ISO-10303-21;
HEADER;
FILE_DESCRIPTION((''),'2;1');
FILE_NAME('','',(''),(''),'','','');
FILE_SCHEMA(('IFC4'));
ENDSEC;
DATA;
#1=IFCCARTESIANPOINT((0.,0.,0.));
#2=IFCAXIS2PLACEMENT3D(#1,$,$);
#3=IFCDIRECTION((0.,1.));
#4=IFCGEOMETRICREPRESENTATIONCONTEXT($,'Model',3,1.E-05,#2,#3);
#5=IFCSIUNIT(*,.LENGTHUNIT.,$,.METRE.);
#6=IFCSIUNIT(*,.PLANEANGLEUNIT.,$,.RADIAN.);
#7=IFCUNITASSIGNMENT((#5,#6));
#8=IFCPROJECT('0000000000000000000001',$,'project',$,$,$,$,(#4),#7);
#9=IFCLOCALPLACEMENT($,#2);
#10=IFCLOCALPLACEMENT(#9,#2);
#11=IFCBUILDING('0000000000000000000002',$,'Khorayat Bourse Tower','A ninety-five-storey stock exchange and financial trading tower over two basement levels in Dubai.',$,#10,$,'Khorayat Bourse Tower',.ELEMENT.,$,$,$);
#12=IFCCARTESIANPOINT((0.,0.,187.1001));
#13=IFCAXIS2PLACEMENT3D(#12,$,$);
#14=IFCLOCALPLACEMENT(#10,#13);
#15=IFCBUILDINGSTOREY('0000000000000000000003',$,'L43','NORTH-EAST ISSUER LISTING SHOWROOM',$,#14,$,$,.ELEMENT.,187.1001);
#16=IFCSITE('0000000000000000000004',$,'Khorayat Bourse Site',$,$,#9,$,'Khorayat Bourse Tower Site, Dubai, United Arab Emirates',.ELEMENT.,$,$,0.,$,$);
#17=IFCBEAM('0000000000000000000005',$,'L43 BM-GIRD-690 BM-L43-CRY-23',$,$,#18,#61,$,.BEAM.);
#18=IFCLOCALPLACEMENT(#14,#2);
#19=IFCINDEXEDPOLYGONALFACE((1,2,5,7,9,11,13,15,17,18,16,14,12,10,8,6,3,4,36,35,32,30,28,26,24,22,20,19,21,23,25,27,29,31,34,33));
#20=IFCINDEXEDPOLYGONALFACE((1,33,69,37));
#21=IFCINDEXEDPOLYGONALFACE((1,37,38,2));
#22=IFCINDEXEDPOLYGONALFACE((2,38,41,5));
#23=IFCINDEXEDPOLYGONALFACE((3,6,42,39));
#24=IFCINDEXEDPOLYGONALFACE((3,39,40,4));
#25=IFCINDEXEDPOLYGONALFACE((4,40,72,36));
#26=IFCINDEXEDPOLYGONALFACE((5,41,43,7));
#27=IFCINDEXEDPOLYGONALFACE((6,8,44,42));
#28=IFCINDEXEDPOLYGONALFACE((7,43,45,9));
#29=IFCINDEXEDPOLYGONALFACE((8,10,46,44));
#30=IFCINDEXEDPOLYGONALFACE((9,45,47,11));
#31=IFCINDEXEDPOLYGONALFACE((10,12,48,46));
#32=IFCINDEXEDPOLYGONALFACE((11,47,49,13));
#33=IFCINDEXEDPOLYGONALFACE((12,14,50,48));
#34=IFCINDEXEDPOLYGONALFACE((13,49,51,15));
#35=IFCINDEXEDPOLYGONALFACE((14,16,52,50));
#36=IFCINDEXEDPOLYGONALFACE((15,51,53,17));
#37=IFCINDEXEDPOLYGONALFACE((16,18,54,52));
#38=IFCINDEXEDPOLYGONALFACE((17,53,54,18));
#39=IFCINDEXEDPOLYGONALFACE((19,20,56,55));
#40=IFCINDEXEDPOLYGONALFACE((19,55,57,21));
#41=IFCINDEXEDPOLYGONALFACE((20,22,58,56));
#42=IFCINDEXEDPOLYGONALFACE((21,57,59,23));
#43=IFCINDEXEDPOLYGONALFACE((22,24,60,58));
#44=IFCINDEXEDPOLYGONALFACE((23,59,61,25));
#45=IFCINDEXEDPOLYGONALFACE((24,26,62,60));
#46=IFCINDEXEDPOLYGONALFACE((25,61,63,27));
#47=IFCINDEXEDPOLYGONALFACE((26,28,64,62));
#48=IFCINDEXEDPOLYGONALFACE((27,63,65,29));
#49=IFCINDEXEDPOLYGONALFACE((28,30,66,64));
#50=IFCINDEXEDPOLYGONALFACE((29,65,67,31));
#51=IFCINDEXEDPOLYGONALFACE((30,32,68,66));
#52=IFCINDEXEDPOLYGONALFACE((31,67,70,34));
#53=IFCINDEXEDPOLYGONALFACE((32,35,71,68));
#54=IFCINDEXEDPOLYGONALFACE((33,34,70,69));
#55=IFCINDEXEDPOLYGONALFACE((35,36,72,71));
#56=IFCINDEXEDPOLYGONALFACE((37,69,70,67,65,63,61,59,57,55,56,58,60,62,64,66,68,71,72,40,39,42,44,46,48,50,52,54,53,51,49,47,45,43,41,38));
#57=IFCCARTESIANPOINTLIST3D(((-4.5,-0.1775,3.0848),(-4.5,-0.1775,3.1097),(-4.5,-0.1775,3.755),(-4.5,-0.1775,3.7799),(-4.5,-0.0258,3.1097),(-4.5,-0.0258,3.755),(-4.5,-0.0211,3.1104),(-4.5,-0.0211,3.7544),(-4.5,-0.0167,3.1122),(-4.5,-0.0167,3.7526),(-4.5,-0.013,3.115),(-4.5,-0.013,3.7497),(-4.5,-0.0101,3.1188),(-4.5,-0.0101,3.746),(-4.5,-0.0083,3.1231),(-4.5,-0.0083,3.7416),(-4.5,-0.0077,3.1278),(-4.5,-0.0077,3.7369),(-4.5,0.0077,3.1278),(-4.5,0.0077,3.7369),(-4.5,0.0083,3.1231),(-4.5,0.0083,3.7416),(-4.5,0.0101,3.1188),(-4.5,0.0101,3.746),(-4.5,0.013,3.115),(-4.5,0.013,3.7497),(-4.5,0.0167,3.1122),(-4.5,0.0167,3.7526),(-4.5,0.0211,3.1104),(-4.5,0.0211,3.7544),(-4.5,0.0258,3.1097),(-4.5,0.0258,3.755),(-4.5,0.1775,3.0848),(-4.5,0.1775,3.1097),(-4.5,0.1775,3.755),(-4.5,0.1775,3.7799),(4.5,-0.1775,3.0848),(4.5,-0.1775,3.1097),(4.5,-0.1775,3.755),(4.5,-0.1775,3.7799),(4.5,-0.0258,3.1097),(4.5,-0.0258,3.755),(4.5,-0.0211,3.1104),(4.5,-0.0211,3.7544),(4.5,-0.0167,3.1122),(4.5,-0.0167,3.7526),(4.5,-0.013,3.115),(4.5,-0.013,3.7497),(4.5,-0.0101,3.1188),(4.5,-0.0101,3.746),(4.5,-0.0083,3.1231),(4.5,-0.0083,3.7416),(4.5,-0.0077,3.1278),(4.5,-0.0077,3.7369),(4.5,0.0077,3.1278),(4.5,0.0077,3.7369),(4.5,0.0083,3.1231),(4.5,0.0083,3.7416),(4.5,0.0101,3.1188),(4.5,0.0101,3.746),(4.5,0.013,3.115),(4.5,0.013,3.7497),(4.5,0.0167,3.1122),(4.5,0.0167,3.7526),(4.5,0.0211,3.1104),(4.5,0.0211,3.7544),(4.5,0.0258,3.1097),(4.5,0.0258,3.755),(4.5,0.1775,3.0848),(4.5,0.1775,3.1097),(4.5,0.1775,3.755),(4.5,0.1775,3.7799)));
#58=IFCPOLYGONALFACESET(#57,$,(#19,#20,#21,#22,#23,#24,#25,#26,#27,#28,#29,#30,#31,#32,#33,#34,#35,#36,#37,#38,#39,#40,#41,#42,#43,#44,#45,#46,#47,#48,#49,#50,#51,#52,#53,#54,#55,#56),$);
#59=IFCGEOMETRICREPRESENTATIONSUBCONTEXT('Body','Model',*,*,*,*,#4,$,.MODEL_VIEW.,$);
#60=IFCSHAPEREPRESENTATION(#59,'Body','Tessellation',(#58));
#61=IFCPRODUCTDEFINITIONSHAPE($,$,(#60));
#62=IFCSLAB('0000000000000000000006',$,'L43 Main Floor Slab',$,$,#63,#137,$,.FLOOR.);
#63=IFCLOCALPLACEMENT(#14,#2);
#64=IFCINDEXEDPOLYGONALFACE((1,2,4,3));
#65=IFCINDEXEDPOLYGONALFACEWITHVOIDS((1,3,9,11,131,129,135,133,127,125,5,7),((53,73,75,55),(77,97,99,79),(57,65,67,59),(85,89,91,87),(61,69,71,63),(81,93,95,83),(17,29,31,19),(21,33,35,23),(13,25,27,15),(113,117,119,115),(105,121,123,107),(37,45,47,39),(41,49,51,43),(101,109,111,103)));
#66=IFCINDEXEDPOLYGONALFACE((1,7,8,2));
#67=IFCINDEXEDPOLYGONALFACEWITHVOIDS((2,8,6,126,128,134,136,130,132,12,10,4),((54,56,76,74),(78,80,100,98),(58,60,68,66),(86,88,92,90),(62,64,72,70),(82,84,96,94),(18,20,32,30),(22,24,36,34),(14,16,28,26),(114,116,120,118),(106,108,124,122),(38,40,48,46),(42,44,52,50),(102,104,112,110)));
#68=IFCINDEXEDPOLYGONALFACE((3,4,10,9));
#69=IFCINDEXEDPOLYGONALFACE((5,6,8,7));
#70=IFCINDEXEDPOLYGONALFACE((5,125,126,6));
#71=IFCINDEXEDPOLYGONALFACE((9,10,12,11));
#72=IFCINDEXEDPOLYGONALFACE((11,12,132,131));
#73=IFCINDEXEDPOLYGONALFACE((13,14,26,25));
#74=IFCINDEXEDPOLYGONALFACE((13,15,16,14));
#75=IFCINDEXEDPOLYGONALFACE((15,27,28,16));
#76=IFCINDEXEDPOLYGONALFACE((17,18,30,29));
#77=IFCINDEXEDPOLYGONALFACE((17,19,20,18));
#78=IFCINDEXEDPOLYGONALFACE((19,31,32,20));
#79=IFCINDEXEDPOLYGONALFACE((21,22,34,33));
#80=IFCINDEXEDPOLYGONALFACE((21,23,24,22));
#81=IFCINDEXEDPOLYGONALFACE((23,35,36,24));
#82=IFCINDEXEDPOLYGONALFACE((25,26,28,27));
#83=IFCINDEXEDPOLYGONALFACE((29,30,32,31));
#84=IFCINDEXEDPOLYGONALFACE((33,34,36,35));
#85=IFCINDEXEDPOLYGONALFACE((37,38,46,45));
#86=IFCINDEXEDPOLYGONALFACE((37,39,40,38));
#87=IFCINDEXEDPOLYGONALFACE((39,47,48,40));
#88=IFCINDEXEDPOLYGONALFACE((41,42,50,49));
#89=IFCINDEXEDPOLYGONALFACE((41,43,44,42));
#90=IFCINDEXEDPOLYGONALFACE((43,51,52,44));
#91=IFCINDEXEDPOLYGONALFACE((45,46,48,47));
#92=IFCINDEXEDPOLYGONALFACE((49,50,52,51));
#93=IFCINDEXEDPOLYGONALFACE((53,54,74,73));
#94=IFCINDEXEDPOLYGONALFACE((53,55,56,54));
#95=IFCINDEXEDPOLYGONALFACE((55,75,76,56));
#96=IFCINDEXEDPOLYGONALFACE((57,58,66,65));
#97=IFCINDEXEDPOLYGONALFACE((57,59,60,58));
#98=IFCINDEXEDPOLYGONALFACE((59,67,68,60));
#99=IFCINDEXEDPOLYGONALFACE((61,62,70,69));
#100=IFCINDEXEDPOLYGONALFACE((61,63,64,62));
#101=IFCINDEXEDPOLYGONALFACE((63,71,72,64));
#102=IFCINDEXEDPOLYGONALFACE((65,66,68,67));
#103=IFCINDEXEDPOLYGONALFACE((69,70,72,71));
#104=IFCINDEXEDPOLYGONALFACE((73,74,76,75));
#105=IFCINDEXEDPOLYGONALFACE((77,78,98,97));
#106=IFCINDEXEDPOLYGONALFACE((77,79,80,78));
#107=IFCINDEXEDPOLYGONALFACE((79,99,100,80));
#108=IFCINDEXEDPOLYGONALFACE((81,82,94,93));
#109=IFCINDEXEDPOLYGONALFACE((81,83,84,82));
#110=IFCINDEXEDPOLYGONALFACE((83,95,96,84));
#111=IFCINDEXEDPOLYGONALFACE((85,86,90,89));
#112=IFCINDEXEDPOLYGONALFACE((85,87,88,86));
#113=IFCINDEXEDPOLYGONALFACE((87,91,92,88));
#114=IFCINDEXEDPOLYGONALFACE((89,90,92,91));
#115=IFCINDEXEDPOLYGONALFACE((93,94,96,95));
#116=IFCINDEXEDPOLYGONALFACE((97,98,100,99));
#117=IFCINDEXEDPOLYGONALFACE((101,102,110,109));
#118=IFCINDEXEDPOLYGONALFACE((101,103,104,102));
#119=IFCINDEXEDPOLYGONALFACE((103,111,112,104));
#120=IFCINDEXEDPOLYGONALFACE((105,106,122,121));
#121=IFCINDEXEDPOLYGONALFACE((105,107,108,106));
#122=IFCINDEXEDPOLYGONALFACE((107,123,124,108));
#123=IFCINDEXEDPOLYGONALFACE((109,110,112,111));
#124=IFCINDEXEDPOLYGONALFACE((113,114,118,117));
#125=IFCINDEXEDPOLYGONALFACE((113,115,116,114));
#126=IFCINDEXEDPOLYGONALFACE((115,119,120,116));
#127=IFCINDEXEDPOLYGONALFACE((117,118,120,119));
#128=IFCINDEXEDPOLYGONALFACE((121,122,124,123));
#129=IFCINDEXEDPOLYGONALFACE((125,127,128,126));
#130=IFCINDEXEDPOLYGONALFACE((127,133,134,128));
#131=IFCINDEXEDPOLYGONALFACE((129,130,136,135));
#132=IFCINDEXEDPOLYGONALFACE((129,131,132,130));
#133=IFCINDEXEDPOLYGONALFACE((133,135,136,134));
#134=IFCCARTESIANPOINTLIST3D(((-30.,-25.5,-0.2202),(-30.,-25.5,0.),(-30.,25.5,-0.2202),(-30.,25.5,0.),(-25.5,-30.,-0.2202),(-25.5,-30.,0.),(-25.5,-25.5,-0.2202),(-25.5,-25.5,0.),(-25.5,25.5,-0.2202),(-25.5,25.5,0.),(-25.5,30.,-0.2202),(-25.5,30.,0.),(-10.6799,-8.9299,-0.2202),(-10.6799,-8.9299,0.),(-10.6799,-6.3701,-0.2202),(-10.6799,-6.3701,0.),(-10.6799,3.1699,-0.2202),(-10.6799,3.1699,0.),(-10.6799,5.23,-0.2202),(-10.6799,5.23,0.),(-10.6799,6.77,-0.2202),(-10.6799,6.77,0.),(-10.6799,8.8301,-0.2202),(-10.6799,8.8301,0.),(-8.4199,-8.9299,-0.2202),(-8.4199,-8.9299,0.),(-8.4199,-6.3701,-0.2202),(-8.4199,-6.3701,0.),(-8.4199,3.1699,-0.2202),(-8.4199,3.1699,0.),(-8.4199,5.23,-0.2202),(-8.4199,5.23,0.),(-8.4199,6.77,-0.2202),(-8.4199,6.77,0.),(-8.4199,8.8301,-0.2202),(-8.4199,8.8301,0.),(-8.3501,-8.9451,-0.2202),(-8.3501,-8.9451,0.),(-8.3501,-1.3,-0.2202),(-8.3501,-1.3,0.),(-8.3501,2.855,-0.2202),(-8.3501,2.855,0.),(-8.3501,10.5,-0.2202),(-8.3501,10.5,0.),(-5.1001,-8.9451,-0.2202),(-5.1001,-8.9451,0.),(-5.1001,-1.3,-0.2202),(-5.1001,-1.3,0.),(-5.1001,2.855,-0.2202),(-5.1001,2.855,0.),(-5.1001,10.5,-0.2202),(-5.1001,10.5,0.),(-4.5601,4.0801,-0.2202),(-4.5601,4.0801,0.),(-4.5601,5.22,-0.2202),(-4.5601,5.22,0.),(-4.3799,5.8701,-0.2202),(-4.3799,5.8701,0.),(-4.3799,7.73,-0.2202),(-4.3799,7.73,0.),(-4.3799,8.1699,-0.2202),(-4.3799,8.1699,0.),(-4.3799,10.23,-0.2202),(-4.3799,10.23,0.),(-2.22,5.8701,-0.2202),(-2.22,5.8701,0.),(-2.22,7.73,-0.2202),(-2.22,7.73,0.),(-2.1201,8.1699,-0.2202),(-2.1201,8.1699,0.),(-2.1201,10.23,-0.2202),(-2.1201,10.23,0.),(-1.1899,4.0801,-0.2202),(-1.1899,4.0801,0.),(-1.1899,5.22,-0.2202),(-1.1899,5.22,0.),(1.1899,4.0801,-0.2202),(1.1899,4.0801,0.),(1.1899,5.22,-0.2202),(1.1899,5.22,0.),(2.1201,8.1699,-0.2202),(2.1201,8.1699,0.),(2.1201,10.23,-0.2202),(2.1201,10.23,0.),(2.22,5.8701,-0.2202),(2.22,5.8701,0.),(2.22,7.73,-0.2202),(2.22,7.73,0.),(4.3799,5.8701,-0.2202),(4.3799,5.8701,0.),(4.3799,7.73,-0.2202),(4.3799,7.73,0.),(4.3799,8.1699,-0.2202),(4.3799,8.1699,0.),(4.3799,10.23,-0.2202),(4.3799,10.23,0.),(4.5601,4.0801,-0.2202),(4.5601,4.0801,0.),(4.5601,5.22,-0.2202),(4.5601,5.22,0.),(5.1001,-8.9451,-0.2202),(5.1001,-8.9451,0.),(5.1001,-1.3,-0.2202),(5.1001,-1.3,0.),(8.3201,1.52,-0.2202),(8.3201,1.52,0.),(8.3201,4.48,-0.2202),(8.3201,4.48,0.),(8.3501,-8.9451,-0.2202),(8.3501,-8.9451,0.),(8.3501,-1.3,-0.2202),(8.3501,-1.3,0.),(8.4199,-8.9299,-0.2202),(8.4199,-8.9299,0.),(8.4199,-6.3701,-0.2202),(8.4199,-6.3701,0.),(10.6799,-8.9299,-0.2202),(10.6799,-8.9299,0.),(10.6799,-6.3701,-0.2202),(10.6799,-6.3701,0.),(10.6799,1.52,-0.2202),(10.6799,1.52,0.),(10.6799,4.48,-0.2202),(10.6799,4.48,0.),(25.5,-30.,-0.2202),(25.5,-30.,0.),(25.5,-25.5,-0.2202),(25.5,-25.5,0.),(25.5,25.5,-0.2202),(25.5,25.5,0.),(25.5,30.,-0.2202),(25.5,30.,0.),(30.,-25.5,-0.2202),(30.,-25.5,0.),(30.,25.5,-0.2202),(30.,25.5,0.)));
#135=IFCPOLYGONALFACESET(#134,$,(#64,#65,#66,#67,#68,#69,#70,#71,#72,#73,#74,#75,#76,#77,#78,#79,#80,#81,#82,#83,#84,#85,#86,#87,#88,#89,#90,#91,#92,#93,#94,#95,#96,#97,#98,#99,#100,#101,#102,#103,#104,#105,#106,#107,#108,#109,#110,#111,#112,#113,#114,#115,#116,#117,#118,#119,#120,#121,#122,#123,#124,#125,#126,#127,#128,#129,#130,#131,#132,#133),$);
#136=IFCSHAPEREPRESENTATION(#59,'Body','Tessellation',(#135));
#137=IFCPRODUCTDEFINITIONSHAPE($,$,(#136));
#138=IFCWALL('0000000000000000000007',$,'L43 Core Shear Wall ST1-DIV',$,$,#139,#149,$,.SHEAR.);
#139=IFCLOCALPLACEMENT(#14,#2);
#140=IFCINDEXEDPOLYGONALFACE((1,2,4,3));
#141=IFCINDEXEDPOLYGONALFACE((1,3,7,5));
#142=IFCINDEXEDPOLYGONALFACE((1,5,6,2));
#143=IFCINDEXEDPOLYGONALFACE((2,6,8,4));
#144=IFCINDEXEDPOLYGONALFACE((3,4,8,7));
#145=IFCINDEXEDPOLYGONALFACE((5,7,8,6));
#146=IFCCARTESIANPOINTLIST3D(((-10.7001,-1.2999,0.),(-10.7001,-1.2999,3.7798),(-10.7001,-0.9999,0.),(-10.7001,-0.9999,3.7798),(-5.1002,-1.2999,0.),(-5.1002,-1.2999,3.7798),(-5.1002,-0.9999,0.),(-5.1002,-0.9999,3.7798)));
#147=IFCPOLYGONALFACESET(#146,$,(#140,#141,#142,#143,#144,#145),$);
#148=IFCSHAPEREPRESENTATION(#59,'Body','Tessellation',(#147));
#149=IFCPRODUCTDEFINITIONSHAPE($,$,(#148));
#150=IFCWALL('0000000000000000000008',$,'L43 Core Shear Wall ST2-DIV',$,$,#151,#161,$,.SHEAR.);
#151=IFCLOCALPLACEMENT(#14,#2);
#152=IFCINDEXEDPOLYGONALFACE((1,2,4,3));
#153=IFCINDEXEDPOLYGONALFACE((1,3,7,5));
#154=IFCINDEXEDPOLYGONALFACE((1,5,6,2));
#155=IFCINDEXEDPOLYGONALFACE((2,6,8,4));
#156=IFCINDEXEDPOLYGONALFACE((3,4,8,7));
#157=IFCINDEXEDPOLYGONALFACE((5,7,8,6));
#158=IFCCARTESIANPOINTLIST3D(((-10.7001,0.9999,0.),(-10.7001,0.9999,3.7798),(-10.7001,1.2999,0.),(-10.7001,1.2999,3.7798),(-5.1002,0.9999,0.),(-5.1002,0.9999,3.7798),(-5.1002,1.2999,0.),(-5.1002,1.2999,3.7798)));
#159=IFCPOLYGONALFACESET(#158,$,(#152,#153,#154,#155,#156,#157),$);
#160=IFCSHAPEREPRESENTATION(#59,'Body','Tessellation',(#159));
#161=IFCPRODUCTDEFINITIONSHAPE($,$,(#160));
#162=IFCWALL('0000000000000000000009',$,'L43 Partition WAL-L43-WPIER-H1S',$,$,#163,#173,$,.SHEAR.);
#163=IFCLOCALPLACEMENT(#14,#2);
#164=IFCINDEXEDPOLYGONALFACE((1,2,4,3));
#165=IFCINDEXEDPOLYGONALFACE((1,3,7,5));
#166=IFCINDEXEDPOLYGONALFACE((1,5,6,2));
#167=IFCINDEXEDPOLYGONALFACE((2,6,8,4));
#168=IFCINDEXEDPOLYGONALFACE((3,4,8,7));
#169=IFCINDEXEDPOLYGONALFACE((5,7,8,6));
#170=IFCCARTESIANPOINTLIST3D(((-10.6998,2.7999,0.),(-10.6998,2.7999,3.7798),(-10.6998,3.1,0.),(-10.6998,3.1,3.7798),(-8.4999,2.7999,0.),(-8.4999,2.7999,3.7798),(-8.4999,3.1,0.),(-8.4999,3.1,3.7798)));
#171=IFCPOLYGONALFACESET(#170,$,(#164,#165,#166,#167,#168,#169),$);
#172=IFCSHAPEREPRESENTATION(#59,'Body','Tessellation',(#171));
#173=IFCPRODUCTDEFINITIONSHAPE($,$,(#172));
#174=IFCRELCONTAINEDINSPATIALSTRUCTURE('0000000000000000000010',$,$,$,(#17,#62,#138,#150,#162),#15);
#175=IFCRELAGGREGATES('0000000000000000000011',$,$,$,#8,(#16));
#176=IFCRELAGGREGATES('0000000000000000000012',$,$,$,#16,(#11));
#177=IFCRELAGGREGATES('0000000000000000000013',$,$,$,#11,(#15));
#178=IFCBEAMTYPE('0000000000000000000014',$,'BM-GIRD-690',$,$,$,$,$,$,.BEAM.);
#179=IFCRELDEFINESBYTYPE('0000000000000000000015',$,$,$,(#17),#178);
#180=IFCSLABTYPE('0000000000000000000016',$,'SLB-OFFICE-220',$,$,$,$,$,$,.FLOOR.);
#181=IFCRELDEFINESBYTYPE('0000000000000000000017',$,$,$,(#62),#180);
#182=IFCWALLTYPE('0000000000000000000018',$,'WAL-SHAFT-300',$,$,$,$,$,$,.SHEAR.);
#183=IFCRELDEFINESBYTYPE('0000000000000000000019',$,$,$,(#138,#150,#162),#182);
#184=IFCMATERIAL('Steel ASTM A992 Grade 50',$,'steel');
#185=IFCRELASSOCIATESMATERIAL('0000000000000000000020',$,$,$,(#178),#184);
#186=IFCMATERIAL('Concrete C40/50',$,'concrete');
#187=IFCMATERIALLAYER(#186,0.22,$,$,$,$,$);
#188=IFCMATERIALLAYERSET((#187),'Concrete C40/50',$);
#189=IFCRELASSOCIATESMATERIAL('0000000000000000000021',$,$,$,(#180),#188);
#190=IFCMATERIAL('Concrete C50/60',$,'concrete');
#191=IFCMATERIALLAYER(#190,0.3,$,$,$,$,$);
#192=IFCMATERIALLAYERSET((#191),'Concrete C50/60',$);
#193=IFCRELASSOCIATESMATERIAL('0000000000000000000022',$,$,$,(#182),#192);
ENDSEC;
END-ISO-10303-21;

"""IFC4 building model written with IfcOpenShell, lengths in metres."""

from ifc_helpers import new_model, si_unit, direction, frame, frame_2d, origin, origin_2d, place, context, subcontext, project, spatial, polyline, rectangle, i_section, outline, extrude, source, transform, mapped, material, layer, layer_set, material_profile, profile_set, type_object, element, save


model = new_model("IFC4")

# Units and contexts
model_context = context("Model", 3, precision=1e-05, world=origin(), true_north=direction((0.0, 1.0)))
body_context = subcontext(model_context, "Body", "Model", "MODEL_VIEW")
ifc_project = project(units=[si_unit("LENGTHUNIT", "METRE"), si_unit("PLANEANGLEUNIT", "RADIAN")], contexts=[model_context])

# Site, building, storey
site_placement = place(None, origin())
site = spatial("IfcSite", under=ifc_project, at=site_placement, Name="Khorayat Bourse Site", LongName="Khorayat Bourse Tower Site, Dubai, United Arab Emirates", CompositionType="ELEMENT", RefElevation=0.0)
building_placement = place(site_placement, origin())
building = spatial("IfcBuilding", under=site, at=building_placement, Name="Khorayat Bourse Tower", Description="A ninety-five-storey stock exchange and financial trading tower over two basement levels in Dubai.", LongName="Khorayat Bourse Tower", CompositionType="ELEMENT")
storey_placement = place(building_placement, frame((0.0, 0.0, 187.1001)))
storey = spatial("IfcBuildingStorey", under=building, at=storey_placement, Name="L43", Description="NORTH-EAST ISSUER LISTING SHOWROOM", CompositionType="ELEMENT", Elevation=187.1001)

# Beam
ifc_material_1 = material(Name="Steel ASTM A992 Grade 50", Category="steel")
ifc_material_profile_1 = material_profile(ifc_material_1, i_section(OverallWidth=0.355, OverallDepth=0.6951, WebThickness=0.0154, FlangeThickness=0.0249, FilletRadius=0.0181, at=origin_2d()), Name="W690X217")
ifc_profile_set_1 = profile_set([ifc_material_profile_1], Name="Steel ASTM A992 Grade 50")
beam_type = type_object("IfcBeamType", Name="BM-GIRD-690", PredefinedType="BEAM", material=ifc_profile_set_1)
shared_shape_1 = source(origin(), body_context, "Body", "SweptSolid", [
    extrude(i_section(OverallWidth=0.355, OverallDepth=0.6951, WebThickness=0.0154, FlangeThickness=0.0249, FilletRadius=0.0181, at=origin_2d()), origin(), (0.0, 0.0, 1.0), 9.0),
])
beam_1_placement = place(storey_placement, frame((-4.5, 0.0, 3.4324), z_axis=(1.0, 0.0, 0.0), x_axis=(0.0, 1.0, 0.0)))
element("IfcBeam", 1, at=beam_1_placement, inside=storey, type_object=beam_type, Name="L43 BM-GIRD-690 BM-L43-CRY-23", PredefinedType="BEAM", context=body_context, shape_type="MappedRepresentation", body=[
    mapped(shared_shape_1, transform((0.0, 0.0, 0.0), scale=1.0)),
])

# Slab
ifc_material_2 = material(Name="Concrete C40/50", Category="concrete")
ifc_layer_1 = layer(ifc_material_2, 0.22)
ifc_layer_set_1 = layer_set([ifc_layer_1], Name="Concrete C40/50")
slab_type = type_object("IfcSlabType", Name="SLB-OFFICE-220", PredefinedType="FLOOR", material=ifc_layer_set_1)
slab_placement = place(storey_placement, frame((0.0, 0.0, -0.2202)))
element("IfcSlab", 2, at=slab_placement, inside=storey, type_object=slab_type, Name="L43 Main Floor Slab", PredefinedType="FLOOR", context=body_context, shape_type="SweptSolid", body=[
    extrude(outline(polyline([(-25.5, -30.0), (25.5, -30.0), (25.5, -25.5), (30.0, -25.5), (30.0, 25.5), (25.5, 25.5), (25.5, 30.0), (-25.5, 30.0), (-25.5, 25.5), (-30.0, 25.5), (-30.0, -25.5), (-25.5, -25.5), (-25.5, -30.0)]), holes=[polyline([(-8.3501, -8.9451), (-5.1001, -8.9451), (-5.1001, -1.3), (-8.3501, -1.3), (-8.3501, -8.9451)]), polyline([(-8.3501, 2.855), (-5.1001, 2.855), (-5.1001, 10.5), (-8.3501, 10.5), (-8.3501, 2.855)]), polyline([(5.1001, -8.9451), (8.3501, -8.9451), (8.3501, -1.3), (5.1001, -1.3), (5.1001, -8.9451)]), polyline([(-4.3799, 8.1699), (-2.1201, 8.1699), (-2.1201, 10.23), (-4.3799, 10.23), (-4.3799, 8.1699)]), polyline([(2.1201, 8.1699), (4.3799, 8.1699), (4.3799, 10.23), (2.1201, 10.23), (2.1201, 8.1699)]), polyline([(-4.3799, 5.8701), (-2.22, 5.8701), (-2.22, 7.73), (-4.3799, 7.73), (-4.3799, 5.8701)]), polyline([(2.22, 5.8701), (4.3799, 5.8701), (4.3799, 7.73), (2.22, 7.73), (2.22, 5.8701)]), polyline([(-10.6799, 3.1699), (-8.4199, 3.1699), (-8.4199, 5.23), (-10.6799, 5.23), (-10.6799, 3.1699)]), polyline([(-10.6799, 6.77), (-8.4199, 6.77), (-8.4199, 8.8301), (-10.6799, 8.8301), (-10.6799, 6.77)]), polyline([(-10.6799, -8.9299), (-8.4199, -8.9299), (-8.4199, -6.3701), (-10.6799, -6.3701), (-10.6799, -8.9299)]), polyline([(8.4199, -8.9299), (10.6799, -8.9299), (10.6799, -6.3701), (8.4199, -6.3701), (8.4199, -8.9299)]), polyline([(8.3201, 1.52), (10.6799, 1.52), (10.6799, 4.48), (8.3201, 4.48), (8.3201, 1.52)]), polyline([(-4.5601, 4.0801), (-1.1899, 4.0801), (-1.1899, 5.22), (-4.5601, 5.22), (-4.5601, 4.0801)]), polyline([(1.1899, 4.0801), (4.5601, 4.0801), (4.5601, 5.22), (1.1899, 5.22), (1.1899, 4.0801)])]), origin(), (0.0, 0.0, 1.0), 0.2202),
])

# Walls
ifc_material_3 = material(Name="Concrete C50/60", Category="concrete")
ifc_layer_2 = layer(ifc_material_3, 0.3)
ifc_layer_set_2 = layer_set([ifc_layer_2], Name="Concrete C50/60")
wall_type_1 = type_object("IfcWallType", Name="WAL-SHAFT-300", PredefinedType="SHEAR", material=ifc_layer_set_2)
shared_shape_2 = source(origin(), body_context, "Body", "SweptSolid", [
    extrude(rectangle(XDim=5.5999, YDim=0.3, at=frame_2d((2.7998, 0.0))), origin(), (0.0, 0.0, 1.0), 3.7798),
])
for number, where, z_axis, x_axis, name in (
    (3, (-10.7, -1.1499, 0.0), (0.0, 0.0, 1.0), (1.0, 0.0, 0.0), "L43 Core Shear Wall ST1-DIV"),
    (4, (-10.7, 1.1499, 0.0), (0.0, 0.0, 1.0), (1.0, 0.0, 0.0), "L43 Core Shear Wall ST2-DIV"),
):
    element("IfcWall", number, at=place(storey_placement, frame(where, z_axis=z_axis, x_axis=x_axis)), inside=storey, type_object=wall_type_1, Name=name, PredefinedType="SHEAR", context=body_context, shape_type="MappedRepresentation", body=[
        mapped(shared_shape_2, transform((0.0, 0.0, 0.0), scale=1.0)),
    ])
shared_shape_3 = source(origin(), body_context, "Body", "SweptSolid", [
    extrude(rectangle(XDim=2.2, YDim=0.3, at=frame_2d((1.1001, 0.0))), origin(), (0.0, 0.0, 1.0), 3.7798),
])
for number, where, z_axis, x_axis, name in (
    (5, (-10.7, 2.95, 0.0), (0.0, 0.0, 1.0), (1.0, 0.0, 0.0), "L43 Partition WAL-L43-WPIER-H1S"),
):
    element("IfcWall", number, at=place(storey_placement, frame(where, z_axis=z_axis, x_axis=x_axis)), inside=storey, type_object=wall_type_1, Name=name, PredefinedType="SHEAR", context=body_context, shape_type="MappedRepresentation", body=[
        mapped(shared_shape_3, transform((0.0, 0.0, 0.0), scale=1.0)),
    ])

save(model, "model.ifc")
